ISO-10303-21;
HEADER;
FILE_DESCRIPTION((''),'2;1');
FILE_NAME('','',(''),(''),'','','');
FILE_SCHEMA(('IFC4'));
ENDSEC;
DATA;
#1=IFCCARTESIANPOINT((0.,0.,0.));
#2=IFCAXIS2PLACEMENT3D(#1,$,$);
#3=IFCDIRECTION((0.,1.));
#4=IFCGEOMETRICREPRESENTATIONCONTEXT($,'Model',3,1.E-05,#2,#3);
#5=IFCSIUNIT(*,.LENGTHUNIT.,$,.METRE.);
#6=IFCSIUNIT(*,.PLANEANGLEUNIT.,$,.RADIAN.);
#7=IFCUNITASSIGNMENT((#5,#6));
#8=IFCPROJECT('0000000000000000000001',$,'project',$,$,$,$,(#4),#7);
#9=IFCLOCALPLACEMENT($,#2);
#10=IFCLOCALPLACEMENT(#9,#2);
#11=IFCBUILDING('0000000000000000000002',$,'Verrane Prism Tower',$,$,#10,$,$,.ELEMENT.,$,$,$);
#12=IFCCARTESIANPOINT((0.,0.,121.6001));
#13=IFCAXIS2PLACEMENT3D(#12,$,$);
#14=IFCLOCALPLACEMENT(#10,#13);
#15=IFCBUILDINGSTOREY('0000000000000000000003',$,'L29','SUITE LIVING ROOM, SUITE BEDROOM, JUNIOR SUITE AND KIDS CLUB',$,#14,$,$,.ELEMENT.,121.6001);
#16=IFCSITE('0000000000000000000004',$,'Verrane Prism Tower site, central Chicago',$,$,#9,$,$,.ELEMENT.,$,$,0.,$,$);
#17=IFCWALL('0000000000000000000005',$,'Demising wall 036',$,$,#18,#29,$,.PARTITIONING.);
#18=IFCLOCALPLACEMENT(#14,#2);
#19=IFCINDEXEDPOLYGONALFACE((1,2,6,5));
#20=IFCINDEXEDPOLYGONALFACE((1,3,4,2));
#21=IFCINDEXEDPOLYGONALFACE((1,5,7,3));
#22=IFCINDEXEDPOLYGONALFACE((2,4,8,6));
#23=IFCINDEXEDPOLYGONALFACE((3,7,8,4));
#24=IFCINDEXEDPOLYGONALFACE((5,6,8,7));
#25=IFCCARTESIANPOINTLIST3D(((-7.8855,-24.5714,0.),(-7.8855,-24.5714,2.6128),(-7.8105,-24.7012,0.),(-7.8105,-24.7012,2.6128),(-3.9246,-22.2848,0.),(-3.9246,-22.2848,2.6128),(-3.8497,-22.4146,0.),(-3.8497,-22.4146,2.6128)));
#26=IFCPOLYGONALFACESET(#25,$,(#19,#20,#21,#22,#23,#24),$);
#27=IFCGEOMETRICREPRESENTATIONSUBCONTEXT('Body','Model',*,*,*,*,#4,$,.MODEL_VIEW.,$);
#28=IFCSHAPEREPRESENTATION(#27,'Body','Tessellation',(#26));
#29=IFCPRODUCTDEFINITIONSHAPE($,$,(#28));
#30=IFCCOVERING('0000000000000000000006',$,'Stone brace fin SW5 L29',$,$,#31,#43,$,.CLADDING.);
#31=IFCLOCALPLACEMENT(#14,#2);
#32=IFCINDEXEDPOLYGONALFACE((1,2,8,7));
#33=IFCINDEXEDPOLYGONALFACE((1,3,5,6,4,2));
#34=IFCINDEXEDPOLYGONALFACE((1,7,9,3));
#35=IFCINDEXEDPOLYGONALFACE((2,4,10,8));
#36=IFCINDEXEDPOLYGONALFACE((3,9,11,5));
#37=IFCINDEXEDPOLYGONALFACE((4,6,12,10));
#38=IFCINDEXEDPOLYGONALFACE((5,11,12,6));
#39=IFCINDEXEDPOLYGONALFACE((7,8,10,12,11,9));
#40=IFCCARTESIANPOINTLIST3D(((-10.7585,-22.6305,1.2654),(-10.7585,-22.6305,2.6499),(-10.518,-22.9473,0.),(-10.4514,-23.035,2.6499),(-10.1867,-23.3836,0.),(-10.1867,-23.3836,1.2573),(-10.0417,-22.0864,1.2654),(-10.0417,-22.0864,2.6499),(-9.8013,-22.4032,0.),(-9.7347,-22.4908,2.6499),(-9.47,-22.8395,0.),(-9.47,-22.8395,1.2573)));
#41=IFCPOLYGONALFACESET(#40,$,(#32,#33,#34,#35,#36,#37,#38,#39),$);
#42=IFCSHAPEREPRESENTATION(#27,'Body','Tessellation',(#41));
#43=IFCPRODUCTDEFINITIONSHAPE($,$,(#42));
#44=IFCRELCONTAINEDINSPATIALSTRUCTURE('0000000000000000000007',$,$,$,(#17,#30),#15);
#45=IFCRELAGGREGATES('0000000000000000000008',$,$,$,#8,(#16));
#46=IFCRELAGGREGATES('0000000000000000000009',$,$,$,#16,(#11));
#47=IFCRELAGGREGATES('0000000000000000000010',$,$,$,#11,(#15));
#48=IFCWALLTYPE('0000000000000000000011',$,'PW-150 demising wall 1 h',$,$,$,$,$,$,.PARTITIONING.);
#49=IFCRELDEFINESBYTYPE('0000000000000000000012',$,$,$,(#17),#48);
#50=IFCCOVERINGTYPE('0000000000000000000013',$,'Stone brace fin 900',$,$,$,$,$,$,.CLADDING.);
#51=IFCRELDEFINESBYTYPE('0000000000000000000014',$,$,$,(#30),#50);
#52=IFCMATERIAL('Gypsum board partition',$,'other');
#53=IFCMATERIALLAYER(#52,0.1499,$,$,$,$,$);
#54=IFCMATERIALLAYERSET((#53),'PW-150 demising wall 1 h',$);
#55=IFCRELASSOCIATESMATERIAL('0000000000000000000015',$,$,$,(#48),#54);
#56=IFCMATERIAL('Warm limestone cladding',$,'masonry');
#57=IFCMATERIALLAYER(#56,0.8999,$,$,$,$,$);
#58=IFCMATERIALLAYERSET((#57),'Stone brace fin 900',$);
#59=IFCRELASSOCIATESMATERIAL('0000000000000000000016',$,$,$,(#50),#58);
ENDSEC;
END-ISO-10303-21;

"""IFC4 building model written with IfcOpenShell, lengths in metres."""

from ifc_helpers import new_model, si_unit, direction, frame, frame_2d, origin, place, context, subcontext, project, spatial, polyline, rectangle, outline, extrude, material, layer, layer_set, type_object, element, save


model = new_model("IFC4")

# Units and contexts
model_context = context("Model", 3, precision=1e-05, world=origin(), true_north=direction((0.0, 1.0)))
body_context = subcontext(model_context, "Body", "Model", "MODEL_VIEW")
ifc_project = project(units=[si_unit("LENGTHUNIT", "METRE"), si_unit("PLANEANGLEUNIT", "RADIAN")], contexts=[model_context])

# Site, building, storey
site_placement = place(None, origin())
site = spatial("IfcSite", under=ifc_project, at=site_placement, Name="Verrane Prism Tower site, central Chicago", CompositionType="ELEMENT", RefElevation=0.0)
building_placement = place(site_placement, origin())
building = spatial("IfcBuilding", under=site, at=building_placement, Name="Verrane Prism Tower", CompositionType="ELEMENT")
storey_placement = place(building_placement, frame((0.0, 0.0, 121.6001)))
storey = spatial("IfcBuildingStorey", under=building, at=storey_placement, Name="L29", Description="SUITE LIVING ROOM, SUITE BEDROOM, JUNIOR SUITE AND KIDS CLUB", CompositionType="ELEMENT", Elevation=121.6001)

# Wall
ifc_material_1 = material(Name="Gypsum board partition", Category="other")
ifc_layer_1 = layer(ifc_material_1, 0.1499)
ifc_layer_set_1 = layer_set([ifc_layer_1], Name="PW-150 demising wall 1 h")
wall_type_1 = type_object("IfcWallType", Name="PW-150 demising wall 1 h", PredefinedType="PARTITIONING", material=ifc_layer_set_1)
wall_1_placement = place(storey_placement, frame((-7.8479, -24.6362, 0.0), z_axis=(0.0, 0.0, 1.0), x_axis=(0.866047, 0.499963, 0.0)))
element("IfcWall", 1, at=wall_1_placement, inside=storey, type_object=wall_type_1, Name="Demising wall 036", PredefinedType="PARTITIONING", context=body_context, shape_type="SweptSolid", body=[
    extrude(rectangle(XDim=4.5735, YDim=0.1499, at=frame_2d((2.2866, 0.0))), origin(), (0.0, 0.0, 1.0), 2.6128),
])

# Covering
ifc_material_2 = material(Name="Warm limestone cladding", Category="masonry")
ifc_layer_2 = layer(ifc_material_2, 0.8999)
ifc_layer_set_2 = layer_set([ifc_layer_2], Name="Stone brace fin 900")
covering_type = type_object("IfcCoveringType", Name="Stone brace fin 900", PredefinedType="CLADDING", material=ifc_layer_set_2)
covering_placement = place(storey_placement, frame((-9.8284, -23.1116, 0.0), z_axis=(0.0, 0.0, 1.0), x_axis=(-0.604658, 0.796485, 0.0)))
element("IfcCovering", 2, at=covering_placement, inside=storey, type_object=covering_type, Name="Stone brace fin SW5 L29", PredefinedType="CLADDING", context=body_context, shape_type="SweptSolid", body=[
    extrude(outline(polyline([(0.9456, 2.6499), (0.4377, 2.6499), (0.0, 1.2573), (0.0, 0.0), (0.5479, 0.0), (0.9456, 1.2654), (0.9456, 2.6499)])), frame((0.0, 0.45, 0.0), z_axis=(0.0, -1.0, 0.0), x_axis=(1.0, 0.0, 0.0)), (0.0, 0.0, 1.0), 0.8999),
])

save(model, "model.ifc")
